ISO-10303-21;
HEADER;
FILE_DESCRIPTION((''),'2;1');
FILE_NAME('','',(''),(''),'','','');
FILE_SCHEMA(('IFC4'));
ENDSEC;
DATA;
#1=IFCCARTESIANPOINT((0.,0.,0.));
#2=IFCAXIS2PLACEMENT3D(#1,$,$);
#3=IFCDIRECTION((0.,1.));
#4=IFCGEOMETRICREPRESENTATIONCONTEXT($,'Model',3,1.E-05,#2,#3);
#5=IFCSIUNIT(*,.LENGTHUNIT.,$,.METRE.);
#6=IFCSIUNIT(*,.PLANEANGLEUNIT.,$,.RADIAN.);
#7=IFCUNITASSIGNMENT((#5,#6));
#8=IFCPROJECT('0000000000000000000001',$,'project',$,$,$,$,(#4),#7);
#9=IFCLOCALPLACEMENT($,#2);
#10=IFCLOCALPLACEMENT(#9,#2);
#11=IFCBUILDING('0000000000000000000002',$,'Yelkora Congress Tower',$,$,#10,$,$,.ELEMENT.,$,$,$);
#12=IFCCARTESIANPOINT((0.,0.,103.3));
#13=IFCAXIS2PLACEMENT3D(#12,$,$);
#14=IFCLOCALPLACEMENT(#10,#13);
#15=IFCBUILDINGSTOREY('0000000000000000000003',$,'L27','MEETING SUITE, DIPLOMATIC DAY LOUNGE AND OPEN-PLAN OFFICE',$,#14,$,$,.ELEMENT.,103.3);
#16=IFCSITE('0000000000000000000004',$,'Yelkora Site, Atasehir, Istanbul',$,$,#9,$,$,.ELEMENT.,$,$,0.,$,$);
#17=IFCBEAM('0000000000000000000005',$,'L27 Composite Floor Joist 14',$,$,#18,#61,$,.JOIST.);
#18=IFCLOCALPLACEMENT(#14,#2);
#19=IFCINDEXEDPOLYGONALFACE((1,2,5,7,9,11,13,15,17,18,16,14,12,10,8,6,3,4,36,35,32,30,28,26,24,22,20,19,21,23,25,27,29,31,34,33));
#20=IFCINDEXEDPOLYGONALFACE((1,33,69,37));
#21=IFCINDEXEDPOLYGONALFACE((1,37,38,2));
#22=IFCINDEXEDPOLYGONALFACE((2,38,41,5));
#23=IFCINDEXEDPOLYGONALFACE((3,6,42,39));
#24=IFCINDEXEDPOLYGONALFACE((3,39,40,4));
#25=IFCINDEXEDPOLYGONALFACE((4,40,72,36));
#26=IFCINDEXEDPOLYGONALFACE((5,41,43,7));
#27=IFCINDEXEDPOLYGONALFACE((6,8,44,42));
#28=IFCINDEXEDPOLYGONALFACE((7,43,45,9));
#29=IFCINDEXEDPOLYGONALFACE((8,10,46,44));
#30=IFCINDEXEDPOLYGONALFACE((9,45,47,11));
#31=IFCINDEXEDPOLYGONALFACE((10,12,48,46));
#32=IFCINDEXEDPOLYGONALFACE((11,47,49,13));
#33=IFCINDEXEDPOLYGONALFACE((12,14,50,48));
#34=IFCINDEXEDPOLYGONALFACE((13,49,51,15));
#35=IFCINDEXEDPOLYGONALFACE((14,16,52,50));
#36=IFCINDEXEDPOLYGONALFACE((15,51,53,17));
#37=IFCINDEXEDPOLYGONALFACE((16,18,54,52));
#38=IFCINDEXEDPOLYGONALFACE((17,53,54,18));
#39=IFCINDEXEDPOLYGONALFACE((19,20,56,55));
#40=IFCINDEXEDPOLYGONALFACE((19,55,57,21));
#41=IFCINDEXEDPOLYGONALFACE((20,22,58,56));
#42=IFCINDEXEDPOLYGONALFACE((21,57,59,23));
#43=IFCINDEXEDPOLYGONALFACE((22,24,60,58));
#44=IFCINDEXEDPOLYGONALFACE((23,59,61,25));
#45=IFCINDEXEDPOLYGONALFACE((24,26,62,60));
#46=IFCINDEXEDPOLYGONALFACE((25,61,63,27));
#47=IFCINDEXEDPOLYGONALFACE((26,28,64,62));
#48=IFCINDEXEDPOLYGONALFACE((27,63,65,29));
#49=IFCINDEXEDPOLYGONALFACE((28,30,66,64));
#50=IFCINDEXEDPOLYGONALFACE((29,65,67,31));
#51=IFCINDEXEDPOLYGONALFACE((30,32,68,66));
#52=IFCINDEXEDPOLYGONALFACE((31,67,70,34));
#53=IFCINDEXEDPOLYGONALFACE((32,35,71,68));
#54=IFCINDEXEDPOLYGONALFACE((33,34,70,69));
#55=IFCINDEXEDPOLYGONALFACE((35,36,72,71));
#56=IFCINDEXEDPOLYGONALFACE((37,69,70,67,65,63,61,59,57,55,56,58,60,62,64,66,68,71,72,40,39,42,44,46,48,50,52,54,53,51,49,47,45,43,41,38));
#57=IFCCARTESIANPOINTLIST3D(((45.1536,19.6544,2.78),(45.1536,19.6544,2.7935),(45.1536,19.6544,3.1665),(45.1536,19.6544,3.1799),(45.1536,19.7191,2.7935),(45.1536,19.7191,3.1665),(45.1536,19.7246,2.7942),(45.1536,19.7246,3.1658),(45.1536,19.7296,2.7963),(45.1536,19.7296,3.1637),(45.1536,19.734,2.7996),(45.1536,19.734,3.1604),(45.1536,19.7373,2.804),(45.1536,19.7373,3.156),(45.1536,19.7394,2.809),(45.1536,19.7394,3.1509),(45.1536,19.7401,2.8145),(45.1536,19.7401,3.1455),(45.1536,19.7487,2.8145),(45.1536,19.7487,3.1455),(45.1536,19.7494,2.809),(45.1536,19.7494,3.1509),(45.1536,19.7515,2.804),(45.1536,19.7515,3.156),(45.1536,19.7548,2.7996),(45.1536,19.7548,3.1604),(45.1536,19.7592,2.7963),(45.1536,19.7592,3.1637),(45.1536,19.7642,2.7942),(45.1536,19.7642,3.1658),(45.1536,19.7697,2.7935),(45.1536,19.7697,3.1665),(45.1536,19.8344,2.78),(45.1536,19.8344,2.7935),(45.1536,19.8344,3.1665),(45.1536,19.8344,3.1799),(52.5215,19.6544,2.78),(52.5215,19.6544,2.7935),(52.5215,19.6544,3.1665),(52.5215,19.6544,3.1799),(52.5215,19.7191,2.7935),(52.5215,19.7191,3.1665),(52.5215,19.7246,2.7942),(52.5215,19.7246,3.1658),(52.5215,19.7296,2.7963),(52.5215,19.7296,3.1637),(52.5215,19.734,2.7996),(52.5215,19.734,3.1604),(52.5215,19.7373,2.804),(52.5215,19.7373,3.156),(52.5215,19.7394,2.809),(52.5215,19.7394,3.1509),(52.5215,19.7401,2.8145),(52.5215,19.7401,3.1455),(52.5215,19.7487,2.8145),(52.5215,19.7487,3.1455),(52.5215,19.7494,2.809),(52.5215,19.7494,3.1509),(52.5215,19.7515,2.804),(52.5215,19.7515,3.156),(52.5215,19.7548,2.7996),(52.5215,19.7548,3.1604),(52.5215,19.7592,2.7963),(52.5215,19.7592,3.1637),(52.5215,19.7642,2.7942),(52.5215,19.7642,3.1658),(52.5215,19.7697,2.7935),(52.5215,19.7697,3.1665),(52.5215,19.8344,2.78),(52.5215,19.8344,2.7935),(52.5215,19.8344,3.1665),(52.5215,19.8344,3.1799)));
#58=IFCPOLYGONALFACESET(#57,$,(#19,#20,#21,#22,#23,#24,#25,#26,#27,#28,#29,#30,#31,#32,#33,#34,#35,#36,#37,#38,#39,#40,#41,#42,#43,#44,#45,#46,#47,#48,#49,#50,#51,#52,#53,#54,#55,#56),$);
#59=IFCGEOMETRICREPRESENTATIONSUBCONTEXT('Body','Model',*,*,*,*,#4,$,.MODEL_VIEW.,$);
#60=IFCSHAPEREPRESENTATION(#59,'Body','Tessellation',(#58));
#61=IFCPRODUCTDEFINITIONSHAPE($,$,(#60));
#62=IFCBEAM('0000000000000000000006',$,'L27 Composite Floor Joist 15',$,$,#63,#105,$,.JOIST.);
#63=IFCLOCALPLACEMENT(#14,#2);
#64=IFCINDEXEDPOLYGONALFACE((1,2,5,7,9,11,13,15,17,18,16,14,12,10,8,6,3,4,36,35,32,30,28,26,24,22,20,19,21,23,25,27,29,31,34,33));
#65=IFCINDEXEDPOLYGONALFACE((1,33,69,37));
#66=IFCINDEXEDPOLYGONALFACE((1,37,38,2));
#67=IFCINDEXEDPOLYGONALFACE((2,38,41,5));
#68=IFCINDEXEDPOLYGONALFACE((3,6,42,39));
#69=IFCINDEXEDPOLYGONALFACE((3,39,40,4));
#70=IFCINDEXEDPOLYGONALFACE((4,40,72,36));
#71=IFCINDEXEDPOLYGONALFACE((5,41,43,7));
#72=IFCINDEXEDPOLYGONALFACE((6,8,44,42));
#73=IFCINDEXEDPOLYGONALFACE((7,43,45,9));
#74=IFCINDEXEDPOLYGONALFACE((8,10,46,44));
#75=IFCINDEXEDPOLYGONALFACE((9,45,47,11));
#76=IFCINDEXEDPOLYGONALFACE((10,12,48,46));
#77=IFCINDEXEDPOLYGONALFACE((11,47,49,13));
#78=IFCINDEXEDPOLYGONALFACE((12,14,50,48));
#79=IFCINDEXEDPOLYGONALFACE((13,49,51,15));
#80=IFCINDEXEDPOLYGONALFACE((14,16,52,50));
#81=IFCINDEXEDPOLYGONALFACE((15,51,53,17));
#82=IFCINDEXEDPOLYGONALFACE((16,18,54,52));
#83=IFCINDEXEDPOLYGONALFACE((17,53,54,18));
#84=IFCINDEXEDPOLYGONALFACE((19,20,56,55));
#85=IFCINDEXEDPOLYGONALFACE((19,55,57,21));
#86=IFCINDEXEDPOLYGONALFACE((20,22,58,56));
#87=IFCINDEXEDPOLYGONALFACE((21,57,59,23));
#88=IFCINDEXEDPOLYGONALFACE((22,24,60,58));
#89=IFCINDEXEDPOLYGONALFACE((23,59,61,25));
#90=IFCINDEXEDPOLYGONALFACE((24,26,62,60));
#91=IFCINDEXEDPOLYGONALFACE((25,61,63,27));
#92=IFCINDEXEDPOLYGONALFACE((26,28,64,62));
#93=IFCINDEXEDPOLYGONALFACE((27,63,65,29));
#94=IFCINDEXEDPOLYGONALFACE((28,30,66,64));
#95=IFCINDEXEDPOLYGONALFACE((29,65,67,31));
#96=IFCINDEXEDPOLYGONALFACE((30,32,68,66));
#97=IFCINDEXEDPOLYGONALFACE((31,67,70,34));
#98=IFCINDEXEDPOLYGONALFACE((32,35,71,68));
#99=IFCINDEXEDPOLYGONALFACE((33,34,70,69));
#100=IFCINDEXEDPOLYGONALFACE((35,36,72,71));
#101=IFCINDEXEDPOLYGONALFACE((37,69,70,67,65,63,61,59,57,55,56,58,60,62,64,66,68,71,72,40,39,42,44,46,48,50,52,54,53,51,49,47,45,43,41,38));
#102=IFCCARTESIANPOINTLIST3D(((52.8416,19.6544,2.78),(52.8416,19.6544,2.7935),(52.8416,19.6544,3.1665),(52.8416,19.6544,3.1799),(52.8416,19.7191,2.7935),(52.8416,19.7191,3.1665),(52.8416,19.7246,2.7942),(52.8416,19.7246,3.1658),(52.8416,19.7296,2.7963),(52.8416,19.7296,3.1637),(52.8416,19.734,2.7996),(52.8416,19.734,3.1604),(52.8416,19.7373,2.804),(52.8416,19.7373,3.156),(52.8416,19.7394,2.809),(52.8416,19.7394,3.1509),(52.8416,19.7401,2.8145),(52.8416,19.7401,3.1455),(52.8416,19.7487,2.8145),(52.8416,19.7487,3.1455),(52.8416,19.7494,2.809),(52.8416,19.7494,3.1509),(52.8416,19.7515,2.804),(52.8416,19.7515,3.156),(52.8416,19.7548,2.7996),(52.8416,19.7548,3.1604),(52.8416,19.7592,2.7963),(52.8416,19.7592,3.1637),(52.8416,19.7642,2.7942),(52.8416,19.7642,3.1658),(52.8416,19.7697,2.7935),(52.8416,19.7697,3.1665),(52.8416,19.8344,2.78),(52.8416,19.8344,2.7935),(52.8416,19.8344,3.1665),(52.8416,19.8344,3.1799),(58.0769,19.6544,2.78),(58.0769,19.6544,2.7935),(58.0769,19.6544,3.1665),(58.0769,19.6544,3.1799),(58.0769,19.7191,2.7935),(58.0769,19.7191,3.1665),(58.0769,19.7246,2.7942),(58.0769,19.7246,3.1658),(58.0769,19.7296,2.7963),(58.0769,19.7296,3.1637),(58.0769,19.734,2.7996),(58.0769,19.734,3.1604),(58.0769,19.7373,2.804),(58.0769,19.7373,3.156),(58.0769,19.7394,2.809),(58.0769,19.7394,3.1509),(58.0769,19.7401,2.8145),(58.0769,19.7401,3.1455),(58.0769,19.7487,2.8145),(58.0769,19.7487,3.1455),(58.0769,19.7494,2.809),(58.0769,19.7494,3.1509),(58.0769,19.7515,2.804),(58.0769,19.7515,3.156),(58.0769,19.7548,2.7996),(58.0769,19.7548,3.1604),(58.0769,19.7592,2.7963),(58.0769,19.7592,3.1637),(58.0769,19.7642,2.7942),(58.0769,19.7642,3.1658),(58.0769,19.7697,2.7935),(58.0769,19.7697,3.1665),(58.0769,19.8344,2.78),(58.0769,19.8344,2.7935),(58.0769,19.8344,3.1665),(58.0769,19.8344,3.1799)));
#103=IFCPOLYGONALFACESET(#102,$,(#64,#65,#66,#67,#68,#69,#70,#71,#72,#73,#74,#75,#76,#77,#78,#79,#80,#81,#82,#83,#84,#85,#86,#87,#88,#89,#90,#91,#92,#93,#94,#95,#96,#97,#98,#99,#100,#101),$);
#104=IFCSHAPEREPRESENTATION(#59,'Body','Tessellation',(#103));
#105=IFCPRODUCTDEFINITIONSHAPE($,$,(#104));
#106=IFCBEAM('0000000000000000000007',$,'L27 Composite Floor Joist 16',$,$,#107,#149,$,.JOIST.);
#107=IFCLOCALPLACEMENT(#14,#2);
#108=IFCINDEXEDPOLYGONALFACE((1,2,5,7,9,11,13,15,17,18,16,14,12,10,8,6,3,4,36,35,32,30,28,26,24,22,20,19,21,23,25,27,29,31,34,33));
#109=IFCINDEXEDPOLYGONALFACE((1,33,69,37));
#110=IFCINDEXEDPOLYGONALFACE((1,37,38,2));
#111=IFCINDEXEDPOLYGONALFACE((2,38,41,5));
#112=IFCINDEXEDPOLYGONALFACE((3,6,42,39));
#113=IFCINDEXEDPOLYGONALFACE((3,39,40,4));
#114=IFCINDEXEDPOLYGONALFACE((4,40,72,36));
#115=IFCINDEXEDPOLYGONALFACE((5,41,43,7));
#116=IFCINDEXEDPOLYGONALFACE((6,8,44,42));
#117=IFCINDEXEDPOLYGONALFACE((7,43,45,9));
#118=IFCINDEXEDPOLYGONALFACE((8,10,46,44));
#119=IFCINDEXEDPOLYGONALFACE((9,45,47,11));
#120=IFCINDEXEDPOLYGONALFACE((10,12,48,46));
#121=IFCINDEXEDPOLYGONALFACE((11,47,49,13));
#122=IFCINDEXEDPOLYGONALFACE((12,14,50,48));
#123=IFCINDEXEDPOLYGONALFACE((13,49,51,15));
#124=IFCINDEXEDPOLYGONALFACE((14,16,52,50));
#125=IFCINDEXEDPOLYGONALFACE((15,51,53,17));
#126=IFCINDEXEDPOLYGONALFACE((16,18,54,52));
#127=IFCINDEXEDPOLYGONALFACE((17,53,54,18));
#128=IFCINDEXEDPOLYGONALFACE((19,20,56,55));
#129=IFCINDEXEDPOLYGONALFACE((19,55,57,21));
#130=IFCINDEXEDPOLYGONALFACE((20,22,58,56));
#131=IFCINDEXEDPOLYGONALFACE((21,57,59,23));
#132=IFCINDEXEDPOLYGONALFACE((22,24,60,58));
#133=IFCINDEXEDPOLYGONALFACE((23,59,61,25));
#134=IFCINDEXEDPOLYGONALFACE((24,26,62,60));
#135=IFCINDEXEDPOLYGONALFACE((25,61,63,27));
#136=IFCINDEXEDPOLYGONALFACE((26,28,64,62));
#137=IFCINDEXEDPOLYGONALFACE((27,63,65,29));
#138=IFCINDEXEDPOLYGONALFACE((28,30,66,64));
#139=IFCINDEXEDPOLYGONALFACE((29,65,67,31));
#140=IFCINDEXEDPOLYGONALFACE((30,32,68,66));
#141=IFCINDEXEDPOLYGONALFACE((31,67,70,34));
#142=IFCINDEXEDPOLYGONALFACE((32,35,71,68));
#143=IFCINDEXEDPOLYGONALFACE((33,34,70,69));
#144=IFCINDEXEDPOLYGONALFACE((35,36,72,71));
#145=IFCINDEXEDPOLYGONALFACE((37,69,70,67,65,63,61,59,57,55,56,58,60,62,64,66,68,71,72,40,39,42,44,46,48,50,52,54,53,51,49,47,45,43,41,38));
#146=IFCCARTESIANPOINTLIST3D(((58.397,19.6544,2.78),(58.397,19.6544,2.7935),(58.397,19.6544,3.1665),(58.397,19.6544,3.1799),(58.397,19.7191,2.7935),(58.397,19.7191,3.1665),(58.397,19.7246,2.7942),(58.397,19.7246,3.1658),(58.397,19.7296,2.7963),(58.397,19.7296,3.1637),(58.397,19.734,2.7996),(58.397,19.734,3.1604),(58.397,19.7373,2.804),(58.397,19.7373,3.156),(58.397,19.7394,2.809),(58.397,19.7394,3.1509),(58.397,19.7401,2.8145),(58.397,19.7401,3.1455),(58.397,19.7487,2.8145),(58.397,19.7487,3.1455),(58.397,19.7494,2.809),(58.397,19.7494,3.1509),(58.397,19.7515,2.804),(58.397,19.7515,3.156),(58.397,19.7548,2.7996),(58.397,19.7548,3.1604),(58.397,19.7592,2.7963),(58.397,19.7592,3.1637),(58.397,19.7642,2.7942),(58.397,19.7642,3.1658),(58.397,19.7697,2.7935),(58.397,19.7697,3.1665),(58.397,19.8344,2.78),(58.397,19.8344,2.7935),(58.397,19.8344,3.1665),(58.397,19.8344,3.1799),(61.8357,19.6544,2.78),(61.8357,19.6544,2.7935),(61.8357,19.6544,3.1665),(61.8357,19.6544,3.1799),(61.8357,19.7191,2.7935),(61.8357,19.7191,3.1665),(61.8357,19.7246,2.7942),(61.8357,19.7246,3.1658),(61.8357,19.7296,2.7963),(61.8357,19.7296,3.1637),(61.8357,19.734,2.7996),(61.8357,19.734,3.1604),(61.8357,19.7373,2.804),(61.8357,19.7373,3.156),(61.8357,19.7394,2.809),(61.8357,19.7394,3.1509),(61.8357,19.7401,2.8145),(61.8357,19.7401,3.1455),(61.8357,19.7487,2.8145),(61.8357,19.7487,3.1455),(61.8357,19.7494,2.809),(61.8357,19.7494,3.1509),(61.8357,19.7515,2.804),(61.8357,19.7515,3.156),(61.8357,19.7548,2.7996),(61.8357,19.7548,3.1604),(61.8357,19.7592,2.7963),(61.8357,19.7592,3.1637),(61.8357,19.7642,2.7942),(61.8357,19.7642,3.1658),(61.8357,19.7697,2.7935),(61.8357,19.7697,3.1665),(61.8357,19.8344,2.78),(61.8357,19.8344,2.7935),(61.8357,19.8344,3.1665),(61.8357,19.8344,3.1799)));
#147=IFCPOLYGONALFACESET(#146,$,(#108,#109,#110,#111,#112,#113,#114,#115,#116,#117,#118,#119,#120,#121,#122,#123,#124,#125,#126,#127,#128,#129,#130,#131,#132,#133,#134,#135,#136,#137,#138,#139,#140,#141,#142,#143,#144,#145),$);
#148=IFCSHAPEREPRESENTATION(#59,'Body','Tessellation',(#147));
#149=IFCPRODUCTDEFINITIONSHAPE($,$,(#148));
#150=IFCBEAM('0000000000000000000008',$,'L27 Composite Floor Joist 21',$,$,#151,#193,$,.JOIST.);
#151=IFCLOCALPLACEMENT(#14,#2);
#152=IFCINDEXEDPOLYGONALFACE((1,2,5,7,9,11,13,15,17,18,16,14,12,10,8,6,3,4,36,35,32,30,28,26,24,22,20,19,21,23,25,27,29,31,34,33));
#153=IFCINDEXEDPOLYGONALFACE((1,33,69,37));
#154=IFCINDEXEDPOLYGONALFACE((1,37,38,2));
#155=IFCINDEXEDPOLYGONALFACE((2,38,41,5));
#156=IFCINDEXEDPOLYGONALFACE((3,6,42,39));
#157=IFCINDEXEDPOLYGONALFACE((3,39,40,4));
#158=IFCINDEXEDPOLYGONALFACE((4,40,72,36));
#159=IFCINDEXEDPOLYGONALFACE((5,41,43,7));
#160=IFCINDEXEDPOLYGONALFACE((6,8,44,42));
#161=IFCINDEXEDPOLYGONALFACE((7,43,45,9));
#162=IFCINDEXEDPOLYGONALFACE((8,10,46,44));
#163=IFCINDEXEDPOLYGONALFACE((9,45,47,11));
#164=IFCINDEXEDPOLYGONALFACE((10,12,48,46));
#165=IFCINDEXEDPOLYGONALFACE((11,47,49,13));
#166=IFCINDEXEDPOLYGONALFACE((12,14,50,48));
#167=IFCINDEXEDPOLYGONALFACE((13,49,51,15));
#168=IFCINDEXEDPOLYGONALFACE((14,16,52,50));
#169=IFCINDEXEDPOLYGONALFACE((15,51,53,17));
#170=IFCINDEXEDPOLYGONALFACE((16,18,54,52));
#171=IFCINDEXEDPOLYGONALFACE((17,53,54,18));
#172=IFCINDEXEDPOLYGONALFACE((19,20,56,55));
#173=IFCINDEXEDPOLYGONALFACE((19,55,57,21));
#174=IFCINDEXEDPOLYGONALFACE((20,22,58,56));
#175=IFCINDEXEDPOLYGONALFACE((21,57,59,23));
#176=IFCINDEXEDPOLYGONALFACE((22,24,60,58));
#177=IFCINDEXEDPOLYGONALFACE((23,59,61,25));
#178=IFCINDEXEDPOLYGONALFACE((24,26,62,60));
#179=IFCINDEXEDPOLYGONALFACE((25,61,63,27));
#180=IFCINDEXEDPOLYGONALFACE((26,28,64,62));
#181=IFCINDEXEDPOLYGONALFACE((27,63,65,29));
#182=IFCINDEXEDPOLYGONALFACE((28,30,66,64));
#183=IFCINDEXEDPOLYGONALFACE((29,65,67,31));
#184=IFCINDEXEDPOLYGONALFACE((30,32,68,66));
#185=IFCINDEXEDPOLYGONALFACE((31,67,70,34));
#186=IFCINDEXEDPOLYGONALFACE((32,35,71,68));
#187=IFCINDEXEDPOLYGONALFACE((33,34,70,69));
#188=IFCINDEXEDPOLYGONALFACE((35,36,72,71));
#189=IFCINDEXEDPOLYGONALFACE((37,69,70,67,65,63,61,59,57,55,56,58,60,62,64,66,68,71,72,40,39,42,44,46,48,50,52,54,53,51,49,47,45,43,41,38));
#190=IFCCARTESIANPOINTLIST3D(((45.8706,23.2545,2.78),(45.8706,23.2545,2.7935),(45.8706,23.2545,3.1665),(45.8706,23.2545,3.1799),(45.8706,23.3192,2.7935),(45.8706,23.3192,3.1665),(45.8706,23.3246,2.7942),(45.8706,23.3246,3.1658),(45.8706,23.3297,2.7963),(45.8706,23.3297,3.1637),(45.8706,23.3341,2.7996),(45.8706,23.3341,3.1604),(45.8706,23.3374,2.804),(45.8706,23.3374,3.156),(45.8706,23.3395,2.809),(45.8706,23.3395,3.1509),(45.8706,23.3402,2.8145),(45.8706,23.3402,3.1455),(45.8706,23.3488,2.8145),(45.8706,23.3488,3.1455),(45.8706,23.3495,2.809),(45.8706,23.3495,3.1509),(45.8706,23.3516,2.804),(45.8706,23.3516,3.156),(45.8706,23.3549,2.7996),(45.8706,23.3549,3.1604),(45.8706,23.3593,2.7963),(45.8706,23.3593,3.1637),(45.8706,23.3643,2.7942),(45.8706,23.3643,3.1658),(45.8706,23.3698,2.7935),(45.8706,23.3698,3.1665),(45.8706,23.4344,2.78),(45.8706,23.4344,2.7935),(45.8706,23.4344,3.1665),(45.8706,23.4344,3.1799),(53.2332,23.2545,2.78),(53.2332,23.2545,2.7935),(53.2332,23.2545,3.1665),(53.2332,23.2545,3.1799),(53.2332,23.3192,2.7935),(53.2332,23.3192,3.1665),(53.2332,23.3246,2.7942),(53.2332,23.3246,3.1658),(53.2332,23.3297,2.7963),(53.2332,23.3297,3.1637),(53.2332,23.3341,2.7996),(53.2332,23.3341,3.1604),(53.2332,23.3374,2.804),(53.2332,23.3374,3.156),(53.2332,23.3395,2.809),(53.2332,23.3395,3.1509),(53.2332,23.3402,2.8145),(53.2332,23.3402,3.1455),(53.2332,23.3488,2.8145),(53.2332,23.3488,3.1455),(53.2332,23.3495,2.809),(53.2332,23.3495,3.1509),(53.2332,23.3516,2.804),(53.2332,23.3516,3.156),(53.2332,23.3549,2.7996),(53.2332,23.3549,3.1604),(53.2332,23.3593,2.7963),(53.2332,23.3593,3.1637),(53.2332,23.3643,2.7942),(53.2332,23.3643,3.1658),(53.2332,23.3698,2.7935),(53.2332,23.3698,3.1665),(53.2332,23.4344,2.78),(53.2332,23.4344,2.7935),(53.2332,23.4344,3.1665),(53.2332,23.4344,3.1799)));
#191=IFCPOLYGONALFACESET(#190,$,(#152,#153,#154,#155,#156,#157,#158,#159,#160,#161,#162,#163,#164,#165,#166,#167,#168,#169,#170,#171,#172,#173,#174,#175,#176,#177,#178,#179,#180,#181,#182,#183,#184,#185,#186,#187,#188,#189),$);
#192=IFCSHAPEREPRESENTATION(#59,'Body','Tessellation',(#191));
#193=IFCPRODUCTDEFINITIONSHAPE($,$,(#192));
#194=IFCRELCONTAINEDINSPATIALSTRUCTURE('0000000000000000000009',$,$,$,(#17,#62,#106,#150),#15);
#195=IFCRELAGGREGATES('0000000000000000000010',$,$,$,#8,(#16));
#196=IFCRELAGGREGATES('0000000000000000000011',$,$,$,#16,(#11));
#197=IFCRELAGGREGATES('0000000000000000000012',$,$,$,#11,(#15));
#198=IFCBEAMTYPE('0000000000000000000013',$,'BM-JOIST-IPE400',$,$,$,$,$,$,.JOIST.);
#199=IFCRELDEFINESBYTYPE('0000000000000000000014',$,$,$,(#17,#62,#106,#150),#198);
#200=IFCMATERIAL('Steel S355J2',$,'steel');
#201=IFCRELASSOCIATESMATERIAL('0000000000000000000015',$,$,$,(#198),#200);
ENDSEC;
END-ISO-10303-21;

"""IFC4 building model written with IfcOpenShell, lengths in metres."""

from ifc_helpers import new_model, si_unit, direction, frame, origin, origin_2d, place, context, subcontext, project, spatial, i_section, extrude, material, material_profile, profile_set, type_object, element, save


model = new_model("IFC4")

# Units and contexts
model_context = context("Model", 3, precision=1e-05, world=origin(), true_north=direction((0.0, 1.0)))
body_context = subcontext(model_context, "Body", "Model", "MODEL_VIEW")
ifc_project = project(units=[si_unit("LENGTHUNIT", "METRE"), si_unit("PLANEANGLEUNIT", "RADIAN")], contexts=[model_context])

# Site, building, storey
site_placement = place(None, origin())
site = spatial("IfcSite", under=ifc_project, at=site_placement, Name="Yelkora Site, Atasehir, Istanbul", CompositionType="ELEMENT", RefElevation=0.0)
building_placement = place(site_placement, origin())
building = spatial("IfcBuilding", under=site, at=building_placement, Name="Yelkora Congress Tower", CompositionType="ELEMENT")
storey_placement = place(building_placement, frame((0.0, 0.0, 103.3)))
storey = spatial("IfcBuildingStorey", under=building, at=storey_placement, Name="L27", Description="MEETING SUITE, DIPLOMATIC DAY LOUNGE AND OPEN-PLAN OFFICE", CompositionType="ELEMENT", Elevation=103.3)

# Beams
ifc_material_1 = material(Name="Steel S355J2", Category="steel")
ifc_material_profile_1 = material_profile(ifc_material_1, i_section(OverallWidth=0.1799, OverallDepth=0.3999, WebThickness=0.0085, FlangeThickness=0.0134, FilletRadius=0.021, at=origin_2d()), Name="IPE 400")
ifc_profile_set_1 = profile_set([ifc_material_profile_1], Name="Steel S355J2")
beam_type_1 = type_object("IfcBeamType", Name="BM-JOIST-IPE400", PredefinedType="JOIST", material=ifc_profile_set_1)
beam_1_placement = place(storey_placement, frame((45.1536, 19.7444, 2.98), z_axis=(1.0, 0.0, 0.0), x_axis=(0.0, 1.0, 0.0)))
element("IfcBeam", 1, at=beam_1_placement, inside=storey, type_object=beam_type_1, Name="L27 Composite Floor Joist 14", PredefinedType="JOIST", context=body_context, shape_type="SweptSolid", body=[
    extrude(i_section(OverallWidth=0.1799, OverallDepth=0.3999, WebThickness=0.0085, FlangeThickness=0.0134, FilletRadius=0.021, at=origin_2d()), origin(), (0.0, 0.0, 1.0), 7.3679),
])
beam_2_placement = place(storey_placement, frame((52.8416, 19.7444, 2.98), z_axis=(1.0, 0.0, 0.0), x_axis=(0.0, 1.0, 0.0)))
element("IfcBeam", 2, at=beam_2_placement, inside=storey, type_object=beam_type_1, Name="L27 Composite Floor Joist 15", PredefinedType="JOIST", context=body_context, shape_type="SweptSolid", body=[
    extrude(i_section(OverallWidth=0.1799, OverallDepth=0.3999, WebThickness=0.0085, FlangeThickness=0.0134, FilletRadius=0.021, at=origin_2d()), origin(), (0.0, 0.0, 1.0), 5.2354),
])
beam_3_placement = place(storey_placement, frame((58.397, 19.7444, 2.98), z_axis=(1.0, 0.0, 0.0), x_axis=(0.0, 1.0, 0.0)))
element("IfcBeam", 3, at=beam_3_placement, inside=storey, type_object=beam_type_1, Name="L27 Composite Floor Joist 16", PredefinedType="JOIST", context=body_context, shape_type="SweptSolid", body=[
    extrude(i_section(OverallWidth=0.1799, OverallDepth=0.3999, WebThickness=0.0085, FlangeThickness=0.0134, FilletRadius=0.021, at=origin_2d()), origin(), (0.0, 0.0, 1.0), 3.4387),
])
beam_4_placement = place(storey_placement, frame((45.8706, 23.3445, 2.98), z_axis=(1.0, 0.0, 0.0), x_axis=(0.0, 1.0, 0.0)))
element("IfcBeam", 4, at=beam_4_placement, inside=storey, type_object=beam_type_1, Name="L27 Composite Floor Joist 21", PredefinedType="JOIST", context=body_context, shape_type="SweptSolid", body=[
    extrude(i_section(OverallWidth=0.1799, OverallDepth=0.3999, WebThickness=0.0085, FlangeThickness=0.0134, FilletRadius=0.021, at=origin_2d()), origin(), (0.0, 0.0, 1.0), 7.3625),
])

save(model, "model.ifc")
